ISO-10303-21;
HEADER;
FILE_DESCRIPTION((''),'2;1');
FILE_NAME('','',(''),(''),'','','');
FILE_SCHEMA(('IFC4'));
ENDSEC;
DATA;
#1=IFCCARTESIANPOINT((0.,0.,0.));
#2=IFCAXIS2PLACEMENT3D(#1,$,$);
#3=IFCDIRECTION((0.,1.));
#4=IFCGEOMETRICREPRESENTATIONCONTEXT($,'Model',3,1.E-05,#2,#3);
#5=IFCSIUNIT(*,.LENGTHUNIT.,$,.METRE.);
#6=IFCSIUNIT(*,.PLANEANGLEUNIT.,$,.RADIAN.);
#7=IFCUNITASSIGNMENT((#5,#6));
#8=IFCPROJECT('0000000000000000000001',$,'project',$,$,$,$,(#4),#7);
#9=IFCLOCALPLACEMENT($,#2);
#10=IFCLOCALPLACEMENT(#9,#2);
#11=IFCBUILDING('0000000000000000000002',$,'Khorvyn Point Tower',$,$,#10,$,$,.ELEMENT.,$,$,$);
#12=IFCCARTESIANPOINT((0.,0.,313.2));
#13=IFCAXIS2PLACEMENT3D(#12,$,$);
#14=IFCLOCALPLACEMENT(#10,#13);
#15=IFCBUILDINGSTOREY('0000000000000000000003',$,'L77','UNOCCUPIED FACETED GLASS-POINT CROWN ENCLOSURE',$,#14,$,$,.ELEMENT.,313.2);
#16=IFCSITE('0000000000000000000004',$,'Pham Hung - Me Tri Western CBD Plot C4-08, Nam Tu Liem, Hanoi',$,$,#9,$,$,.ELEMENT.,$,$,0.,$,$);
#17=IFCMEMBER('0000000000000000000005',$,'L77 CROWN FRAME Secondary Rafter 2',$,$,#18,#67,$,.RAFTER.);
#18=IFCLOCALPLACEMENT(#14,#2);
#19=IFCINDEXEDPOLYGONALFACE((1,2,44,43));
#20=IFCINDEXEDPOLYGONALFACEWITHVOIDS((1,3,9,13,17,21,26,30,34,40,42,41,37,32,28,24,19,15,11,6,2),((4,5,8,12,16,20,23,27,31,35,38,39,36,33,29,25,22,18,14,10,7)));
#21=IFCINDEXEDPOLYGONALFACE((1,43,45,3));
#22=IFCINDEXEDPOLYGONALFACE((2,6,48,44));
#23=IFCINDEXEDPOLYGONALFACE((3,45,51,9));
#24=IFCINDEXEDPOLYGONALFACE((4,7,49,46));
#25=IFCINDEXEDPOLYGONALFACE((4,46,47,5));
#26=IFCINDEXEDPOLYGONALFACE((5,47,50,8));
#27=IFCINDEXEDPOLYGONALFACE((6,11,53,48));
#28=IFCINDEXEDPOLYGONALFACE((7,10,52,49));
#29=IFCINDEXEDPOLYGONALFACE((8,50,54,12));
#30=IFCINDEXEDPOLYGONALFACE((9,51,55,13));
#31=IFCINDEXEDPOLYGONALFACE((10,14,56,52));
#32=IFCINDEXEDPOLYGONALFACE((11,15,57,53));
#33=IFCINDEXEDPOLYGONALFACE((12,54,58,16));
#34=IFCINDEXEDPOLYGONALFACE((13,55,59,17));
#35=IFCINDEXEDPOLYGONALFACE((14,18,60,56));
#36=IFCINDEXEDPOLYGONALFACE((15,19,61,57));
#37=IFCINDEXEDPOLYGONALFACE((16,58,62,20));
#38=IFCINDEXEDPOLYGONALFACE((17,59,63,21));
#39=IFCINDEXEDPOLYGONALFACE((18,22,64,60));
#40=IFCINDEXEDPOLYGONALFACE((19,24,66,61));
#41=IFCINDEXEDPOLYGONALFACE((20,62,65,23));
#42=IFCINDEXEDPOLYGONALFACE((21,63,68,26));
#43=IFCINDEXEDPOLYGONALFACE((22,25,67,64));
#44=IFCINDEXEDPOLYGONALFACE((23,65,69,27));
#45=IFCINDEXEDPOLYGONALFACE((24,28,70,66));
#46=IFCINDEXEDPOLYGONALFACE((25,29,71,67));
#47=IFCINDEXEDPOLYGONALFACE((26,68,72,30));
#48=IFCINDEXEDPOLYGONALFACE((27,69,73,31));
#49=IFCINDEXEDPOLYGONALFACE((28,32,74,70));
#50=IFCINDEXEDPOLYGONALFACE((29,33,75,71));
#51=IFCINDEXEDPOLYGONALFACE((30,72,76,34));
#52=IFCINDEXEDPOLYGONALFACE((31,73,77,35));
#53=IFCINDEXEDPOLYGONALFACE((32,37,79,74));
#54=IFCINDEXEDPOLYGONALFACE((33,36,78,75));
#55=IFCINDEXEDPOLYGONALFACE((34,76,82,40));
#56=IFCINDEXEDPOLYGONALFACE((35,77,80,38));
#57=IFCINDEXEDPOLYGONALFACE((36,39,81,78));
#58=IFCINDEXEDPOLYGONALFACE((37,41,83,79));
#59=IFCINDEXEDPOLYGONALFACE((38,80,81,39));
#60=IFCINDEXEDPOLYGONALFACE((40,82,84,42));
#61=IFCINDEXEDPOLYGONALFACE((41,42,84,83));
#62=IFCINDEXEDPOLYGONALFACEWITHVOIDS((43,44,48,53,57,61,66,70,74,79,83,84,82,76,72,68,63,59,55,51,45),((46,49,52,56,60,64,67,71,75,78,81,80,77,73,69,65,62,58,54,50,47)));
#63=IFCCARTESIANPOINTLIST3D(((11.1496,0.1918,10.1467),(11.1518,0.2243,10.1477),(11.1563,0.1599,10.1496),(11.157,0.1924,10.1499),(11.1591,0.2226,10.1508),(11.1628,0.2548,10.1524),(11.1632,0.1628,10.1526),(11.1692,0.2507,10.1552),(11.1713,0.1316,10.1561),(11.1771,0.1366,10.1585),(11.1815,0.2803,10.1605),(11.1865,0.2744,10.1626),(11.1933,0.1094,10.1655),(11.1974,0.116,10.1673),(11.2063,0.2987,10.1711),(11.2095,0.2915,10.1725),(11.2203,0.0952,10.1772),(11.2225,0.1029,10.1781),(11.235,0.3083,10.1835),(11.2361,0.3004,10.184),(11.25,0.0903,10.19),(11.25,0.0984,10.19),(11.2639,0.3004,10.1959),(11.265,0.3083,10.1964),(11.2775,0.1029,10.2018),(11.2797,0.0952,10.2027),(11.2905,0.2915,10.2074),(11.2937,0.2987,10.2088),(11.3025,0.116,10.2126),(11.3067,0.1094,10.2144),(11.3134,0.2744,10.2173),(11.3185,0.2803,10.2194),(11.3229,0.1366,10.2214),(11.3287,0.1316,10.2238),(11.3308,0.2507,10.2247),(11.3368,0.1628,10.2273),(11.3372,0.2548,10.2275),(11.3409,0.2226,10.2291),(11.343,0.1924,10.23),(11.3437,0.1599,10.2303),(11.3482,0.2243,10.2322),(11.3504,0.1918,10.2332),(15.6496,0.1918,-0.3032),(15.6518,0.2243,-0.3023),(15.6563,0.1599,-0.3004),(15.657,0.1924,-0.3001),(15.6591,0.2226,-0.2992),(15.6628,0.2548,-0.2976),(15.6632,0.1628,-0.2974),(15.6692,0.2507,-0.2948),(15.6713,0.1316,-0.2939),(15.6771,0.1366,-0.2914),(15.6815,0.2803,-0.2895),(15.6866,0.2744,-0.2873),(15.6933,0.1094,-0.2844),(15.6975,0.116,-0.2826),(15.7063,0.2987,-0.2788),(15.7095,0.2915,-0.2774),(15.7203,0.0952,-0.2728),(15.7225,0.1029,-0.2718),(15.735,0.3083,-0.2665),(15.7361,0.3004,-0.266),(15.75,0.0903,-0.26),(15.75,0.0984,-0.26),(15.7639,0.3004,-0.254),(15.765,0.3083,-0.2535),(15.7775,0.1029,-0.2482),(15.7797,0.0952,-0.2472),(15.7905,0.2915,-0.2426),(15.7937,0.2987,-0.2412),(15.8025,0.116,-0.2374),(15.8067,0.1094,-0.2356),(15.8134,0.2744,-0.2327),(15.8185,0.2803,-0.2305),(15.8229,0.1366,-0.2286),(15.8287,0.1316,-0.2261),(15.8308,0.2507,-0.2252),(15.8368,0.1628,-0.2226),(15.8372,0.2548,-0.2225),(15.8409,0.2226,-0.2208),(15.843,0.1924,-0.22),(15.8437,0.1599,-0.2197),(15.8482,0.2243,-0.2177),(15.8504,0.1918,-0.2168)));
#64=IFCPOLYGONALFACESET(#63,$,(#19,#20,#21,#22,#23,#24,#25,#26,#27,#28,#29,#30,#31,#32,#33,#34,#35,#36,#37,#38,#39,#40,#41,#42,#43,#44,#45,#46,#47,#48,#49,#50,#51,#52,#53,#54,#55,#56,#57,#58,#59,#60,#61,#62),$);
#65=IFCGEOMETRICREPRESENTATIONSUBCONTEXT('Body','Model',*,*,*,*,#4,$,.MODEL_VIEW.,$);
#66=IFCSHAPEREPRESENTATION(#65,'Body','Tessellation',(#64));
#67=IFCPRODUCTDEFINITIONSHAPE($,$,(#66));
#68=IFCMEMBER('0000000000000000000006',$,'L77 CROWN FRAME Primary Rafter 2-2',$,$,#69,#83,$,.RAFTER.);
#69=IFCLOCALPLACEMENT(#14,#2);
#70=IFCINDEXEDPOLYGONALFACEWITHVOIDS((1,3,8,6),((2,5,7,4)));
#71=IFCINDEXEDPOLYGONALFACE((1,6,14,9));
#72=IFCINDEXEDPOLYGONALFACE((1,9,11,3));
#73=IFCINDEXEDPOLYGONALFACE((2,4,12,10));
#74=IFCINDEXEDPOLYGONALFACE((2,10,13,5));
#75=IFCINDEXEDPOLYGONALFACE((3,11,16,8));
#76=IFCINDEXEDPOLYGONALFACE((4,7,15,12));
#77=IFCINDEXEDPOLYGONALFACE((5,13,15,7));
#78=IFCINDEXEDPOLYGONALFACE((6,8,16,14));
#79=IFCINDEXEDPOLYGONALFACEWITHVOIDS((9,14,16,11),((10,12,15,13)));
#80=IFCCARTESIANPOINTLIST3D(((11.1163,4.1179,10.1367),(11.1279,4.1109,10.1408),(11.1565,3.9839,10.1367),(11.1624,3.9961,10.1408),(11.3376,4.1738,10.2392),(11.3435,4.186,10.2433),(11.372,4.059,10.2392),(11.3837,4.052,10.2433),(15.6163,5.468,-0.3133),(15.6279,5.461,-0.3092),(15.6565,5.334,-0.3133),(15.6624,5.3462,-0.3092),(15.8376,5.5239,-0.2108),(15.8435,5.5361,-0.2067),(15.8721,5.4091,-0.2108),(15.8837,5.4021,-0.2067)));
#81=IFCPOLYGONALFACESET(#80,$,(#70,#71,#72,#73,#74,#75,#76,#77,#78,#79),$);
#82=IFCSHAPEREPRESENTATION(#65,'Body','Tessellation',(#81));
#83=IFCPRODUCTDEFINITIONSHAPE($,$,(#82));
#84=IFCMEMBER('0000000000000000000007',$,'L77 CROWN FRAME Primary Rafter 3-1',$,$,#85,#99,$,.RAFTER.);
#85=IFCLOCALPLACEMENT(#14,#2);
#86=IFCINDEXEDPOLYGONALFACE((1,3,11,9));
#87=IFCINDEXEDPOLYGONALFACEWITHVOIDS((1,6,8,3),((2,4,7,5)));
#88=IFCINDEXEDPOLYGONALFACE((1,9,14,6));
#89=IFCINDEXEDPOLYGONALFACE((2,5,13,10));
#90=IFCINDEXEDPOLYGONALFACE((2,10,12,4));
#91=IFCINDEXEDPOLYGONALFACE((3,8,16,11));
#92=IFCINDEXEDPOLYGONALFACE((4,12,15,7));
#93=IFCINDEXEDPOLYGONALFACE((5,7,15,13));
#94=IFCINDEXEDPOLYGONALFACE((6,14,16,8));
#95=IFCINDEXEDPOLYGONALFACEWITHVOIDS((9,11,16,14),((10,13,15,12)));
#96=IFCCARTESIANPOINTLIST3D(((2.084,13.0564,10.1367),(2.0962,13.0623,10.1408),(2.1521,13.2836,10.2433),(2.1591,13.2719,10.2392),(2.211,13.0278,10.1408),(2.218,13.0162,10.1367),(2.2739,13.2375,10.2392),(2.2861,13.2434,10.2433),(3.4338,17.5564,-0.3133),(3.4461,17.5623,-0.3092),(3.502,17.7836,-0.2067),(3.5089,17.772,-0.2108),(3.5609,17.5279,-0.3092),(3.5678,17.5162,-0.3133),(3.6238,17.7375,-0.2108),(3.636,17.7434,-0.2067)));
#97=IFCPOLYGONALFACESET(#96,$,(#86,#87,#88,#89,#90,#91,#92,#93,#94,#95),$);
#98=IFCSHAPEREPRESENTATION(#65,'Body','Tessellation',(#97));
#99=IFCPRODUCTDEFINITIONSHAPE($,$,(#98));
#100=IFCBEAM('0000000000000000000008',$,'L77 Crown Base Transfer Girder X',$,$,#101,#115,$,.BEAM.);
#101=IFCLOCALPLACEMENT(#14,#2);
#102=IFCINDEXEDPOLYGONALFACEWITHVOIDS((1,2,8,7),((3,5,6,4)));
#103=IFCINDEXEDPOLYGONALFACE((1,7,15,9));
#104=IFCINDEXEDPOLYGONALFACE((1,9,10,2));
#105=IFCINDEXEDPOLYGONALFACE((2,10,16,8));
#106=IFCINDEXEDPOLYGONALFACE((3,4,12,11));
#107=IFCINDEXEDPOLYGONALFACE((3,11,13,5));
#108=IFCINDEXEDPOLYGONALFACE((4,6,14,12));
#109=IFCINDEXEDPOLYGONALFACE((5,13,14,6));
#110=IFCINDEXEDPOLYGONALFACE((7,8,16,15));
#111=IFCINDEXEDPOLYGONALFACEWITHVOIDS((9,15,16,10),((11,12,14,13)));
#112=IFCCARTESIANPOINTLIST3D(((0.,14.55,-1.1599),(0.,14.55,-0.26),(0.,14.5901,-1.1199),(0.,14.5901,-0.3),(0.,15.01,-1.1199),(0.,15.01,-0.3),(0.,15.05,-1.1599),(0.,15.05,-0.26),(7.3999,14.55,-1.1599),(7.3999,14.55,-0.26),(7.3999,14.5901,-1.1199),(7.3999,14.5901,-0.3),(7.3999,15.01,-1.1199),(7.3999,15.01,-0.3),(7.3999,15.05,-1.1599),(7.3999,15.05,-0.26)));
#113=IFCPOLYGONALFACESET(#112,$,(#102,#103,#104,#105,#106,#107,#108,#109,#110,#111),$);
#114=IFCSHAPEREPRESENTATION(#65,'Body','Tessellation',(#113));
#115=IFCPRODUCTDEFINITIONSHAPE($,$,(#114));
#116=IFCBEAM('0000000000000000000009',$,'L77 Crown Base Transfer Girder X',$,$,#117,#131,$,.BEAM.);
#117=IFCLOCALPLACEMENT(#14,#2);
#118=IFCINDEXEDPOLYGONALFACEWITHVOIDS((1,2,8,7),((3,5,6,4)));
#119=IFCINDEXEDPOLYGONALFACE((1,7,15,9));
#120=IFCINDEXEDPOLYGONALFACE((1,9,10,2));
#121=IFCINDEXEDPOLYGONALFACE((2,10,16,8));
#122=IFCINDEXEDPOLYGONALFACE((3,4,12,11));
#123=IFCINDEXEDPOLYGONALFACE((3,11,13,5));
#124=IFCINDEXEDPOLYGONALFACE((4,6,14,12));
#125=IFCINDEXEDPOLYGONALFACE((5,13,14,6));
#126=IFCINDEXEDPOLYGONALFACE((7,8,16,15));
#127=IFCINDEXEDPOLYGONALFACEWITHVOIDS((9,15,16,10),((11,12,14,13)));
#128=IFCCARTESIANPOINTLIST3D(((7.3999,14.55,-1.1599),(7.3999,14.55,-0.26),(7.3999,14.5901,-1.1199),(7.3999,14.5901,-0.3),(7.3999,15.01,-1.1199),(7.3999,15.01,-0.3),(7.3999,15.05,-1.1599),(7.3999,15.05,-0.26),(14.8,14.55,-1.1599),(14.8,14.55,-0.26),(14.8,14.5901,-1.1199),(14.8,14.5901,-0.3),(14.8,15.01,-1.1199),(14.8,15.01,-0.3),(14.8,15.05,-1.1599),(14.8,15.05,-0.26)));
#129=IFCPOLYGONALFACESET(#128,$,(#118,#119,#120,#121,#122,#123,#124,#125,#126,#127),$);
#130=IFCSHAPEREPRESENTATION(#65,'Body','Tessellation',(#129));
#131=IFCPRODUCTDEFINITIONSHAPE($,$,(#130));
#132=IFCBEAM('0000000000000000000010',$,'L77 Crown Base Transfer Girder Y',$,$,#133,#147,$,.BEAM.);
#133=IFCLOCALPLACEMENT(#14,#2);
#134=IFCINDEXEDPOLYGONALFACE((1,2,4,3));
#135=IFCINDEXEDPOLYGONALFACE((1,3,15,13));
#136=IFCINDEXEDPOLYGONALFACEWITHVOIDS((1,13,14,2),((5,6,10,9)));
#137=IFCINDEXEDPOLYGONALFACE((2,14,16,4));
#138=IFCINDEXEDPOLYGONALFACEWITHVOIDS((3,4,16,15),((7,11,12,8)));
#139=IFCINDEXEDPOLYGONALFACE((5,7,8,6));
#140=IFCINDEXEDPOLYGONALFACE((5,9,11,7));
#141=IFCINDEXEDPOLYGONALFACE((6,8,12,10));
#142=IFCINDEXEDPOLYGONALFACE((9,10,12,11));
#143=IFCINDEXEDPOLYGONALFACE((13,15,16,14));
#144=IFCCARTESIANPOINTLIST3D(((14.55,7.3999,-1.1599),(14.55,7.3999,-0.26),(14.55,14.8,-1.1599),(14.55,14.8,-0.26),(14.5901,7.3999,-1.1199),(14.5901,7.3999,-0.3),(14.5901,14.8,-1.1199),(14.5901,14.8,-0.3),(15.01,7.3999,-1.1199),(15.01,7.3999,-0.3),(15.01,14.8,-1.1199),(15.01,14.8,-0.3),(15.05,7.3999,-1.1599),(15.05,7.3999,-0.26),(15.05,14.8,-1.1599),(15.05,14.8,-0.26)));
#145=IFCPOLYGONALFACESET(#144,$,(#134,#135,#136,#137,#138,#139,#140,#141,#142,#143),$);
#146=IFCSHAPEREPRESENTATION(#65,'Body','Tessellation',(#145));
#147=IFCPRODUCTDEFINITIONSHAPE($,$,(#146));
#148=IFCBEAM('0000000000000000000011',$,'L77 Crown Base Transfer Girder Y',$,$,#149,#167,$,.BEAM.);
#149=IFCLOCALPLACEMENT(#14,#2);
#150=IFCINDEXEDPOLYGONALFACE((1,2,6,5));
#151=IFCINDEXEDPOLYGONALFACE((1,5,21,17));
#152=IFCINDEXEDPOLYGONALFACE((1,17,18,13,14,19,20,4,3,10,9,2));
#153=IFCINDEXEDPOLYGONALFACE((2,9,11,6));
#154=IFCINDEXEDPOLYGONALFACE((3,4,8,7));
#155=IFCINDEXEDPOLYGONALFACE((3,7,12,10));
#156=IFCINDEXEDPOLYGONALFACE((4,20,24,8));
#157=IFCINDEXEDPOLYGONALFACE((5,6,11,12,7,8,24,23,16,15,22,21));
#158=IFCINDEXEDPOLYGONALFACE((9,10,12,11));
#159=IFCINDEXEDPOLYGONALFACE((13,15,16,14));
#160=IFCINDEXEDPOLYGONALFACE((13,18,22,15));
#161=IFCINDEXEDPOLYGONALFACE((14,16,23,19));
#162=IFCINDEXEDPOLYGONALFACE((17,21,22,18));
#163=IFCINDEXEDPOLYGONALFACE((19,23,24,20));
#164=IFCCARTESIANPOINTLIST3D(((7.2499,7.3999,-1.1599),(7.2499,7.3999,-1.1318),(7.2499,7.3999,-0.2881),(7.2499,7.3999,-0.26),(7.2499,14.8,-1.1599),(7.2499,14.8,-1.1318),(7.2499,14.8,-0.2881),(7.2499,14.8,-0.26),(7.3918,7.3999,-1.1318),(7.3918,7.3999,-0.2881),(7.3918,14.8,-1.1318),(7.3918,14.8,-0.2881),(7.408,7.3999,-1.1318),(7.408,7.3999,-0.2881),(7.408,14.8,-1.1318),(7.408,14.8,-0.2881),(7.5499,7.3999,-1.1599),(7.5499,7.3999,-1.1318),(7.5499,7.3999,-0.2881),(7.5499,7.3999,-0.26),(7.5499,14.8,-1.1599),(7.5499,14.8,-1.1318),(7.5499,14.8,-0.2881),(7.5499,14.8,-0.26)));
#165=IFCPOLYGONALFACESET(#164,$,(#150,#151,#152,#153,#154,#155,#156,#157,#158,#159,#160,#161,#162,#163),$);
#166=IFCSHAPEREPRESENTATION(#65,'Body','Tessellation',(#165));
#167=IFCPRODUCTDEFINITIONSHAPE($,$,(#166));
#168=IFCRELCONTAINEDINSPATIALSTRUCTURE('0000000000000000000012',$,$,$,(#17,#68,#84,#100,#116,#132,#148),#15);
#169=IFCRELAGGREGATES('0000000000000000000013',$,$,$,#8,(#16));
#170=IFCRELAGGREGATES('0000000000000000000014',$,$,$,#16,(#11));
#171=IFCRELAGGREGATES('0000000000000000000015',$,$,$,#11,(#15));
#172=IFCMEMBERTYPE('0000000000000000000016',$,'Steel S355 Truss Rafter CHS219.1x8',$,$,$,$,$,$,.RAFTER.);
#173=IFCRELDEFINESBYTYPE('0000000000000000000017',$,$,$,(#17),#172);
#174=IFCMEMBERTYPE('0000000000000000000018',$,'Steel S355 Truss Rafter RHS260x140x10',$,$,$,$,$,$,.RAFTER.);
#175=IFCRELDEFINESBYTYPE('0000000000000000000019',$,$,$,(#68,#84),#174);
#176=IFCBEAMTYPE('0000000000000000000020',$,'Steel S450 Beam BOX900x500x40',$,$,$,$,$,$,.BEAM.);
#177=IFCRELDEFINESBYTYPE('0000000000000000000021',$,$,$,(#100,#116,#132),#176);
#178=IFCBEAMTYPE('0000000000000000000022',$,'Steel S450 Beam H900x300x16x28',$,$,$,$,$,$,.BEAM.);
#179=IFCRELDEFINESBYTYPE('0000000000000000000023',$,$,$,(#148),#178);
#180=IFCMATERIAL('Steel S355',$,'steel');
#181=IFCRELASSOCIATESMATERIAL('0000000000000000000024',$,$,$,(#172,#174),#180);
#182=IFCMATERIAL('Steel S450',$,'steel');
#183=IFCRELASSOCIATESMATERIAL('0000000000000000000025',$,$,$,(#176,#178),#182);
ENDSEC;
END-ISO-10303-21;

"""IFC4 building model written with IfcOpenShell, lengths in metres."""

from ifc_helpers import new_model, si_unit, direction, frame, origin, origin_2d, place, context, subcontext, project, spatial, hollow_rectangle, hollow_circle, i_section, extrude, material, material_profile, profile_set, type_object, element, save


model = new_model("IFC4")

# Units and contexts
model_context = context("Model", 3, precision=1e-05, world=origin(), true_north=direction((0.0, 1.0)))
body_context = subcontext(model_context, "Body", "Model", "MODEL_VIEW")
ifc_project = project(units=[si_unit("LENGTHUNIT", "METRE"), si_unit("PLANEANGLEUNIT", "RADIAN")], contexts=[model_context])

# Site, building, storey
site_placement = place(None, origin())
site = spatial("IfcSite", under=ifc_project, at=site_placement, Name="Pham Hung - Me Tri Western CBD Plot C4-08, Nam Tu Liem, Hanoi", CompositionType="ELEMENT", RefElevation=0.0)
building_placement = place(site_placement, origin())
building = spatial("IfcBuilding", under=site, at=building_placement, Name="Khorvyn Point Tower", CompositionType="ELEMENT")
storey_placement = place(building_placement, frame((0.0, 0.0, 313.2)))
storey = spatial("IfcBuildingStorey", under=building, at=storey_placement, Name="L77", Description="UNOCCUPIED FACETED GLASS-POINT CROWN ENCLOSURE", CompositionType="ELEMENT", Elevation=313.2)

# Shared definitions
ifc_material_1 = material(Name="Steel S355", Category="steel")

# Members
ifc_material_profile_1 = material_profile(ifc_material_1, hollow_circle(Radius=0.1096, WallThickness=0.0081, at=origin_2d()))
ifc_profile_set_1 = profile_set([ifc_material_profile_1], Name="Steel S355 CHS219.1x8")
member_type_1 = type_object("IfcMemberType", Name="Steel S355 Truss Rafter CHS219.1x8", PredefinedType="RAFTER", material=ifc_profile_set_1)
member_1_placement = place(storey_placement, frame((15.75, 0.2, -0.26), z_axis=(-0.395511, 0.0, 0.918461), x_axis=(0.0, -1.0, 0.0)))
element("IfcMember", 1, at=member_1_placement, inside=storey, type_object=member_type_1, Name="L77 CROWN FRAME Secondary Rafter 2", PredefinedType="RAFTER", context=body_context, shape_type="SweptSolid", body=[
    extrude(hollow_circle(Radius=0.1096, WallThickness=0.0081, at=origin_2d()), origin(), (0.0, 0.0, 1.0), 11.3777),
])
ifc_material_profile_2 = material_profile(ifc_material_1, hollow_rectangle(XDim=0.1399, YDim=0.26, WallThickness=0.01, at=origin_2d()))
ifc_profile_set_2 = profile_set([ifc_material_profile_2], Name="Steel S355 RHS260x140x10")
member_type_2 = type_object("IfcMemberType", Name="Steel S355 Truss Rafter RHS260x140x10", PredefinedType="RAFTER", material=ifc_profile_set_2)
for number, where, z_axis, x_axis, name in (
    (2, (15.75, 5.4351, -0.26), (-0.392756, -0.117835, 0.912062), (0.287367, -0.957821, 0.0), "L77 CROWN FRAME Primary Rafter 2-2"),
    (3, (3.5349, 17.6499, -0.26), (-0.117814, -0.392757, 0.912065), (0.957835, -0.287319, 0.0), "L77 CROWN FRAME Primary Rafter 3-1"),
):
    element("IfcMember", number, at=place(storey_placement, frame(where, z_axis=z_axis, x_axis=x_axis)), inside=storey, type_object=member_type_2, Name=name, PredefinedType="RAFTER", context=body_context, shape_type="SweptSolid", body=[
        extrude(hollow_rectangle(XDim=0.1399, YDim=0.26, WallThickness=0.01, at=origin_2d()), origin(), (0.0, 0.0, 1.0), 11.4575),
    ])

# Beams
ifc_material_2 = material(Name="Steel S450", Category="steel")
ifc_material_profile_3 = material_profile(ifc_material_2, hollow_rectangle(XDim=0.5, YDim=0.8999, WallThickness=0.04, at=origin_2d()))
ifc_profile_set_3 = profile_set([ifc_material_profile_3], Name="Steel S450 BOX900x500x40")
beam_type_1 = type_object("IfcBeamType", Name="Steel S450 Beam BOX900x500x40", PredefinedType="BEAM", material=ifc_profile_set_3)
beam_1_placement = place(storey_placement, frame((0.0, 14.8, -0.71), z_axis=(1.0, 0.0, 0.0), x_axis=(0.0, 1.0, 0.0)))
element("IfcBeam", 4, at=beam_1_placement, inside=storey, type_object=beam_type_1, Name="L77 Crown Base Transfer Girder X", PredefinedType="BEAM", context=body_context, shape_type="SweptSolid", body=[
    extrude(hollow_rectangle(XDim=0.5, YDim=0.8999, WallThickness=0.04, at=origin_2d()), origin(), (0.0, 0.0, 1.0), 7.3999),
])
for number, where, z_axis, x_axis, name in (
    (5, (7.3999, 14.8, -0.71), (1.0, 0.0, 0.0), (0.0, 1.0, 0.0), "L77 Crown Base Transfer Girder X"),
    (6, (14.8, 7.3999, -0.71), (0.0, 1.0, 0.0), (-1.0, 0.0, 0.0), "L77 Crown Base Transfer Girder Y"),
):
    element("IfcBeam", number, at=place(storey_placement, frame(where, z_axis=z_axis, x_axis=x_axis)), inside=storey, type_object=beam_type_1, Name=name, PredefinedType="BEAM", context=body_context, shape_type="SweptSolid", body=[
        extrude(hollow_rectangle(XDim=0.5, YDim=0.8999, WallThickness=0.04, at=origin_2d()), origin(), (0.0, 0.0, 1.0), 7.4001),
    ])
ifc_material_profile_4 = material_profile(ifc_material_2, i_section(OverallWidth=0.3, OverallDepth=0.8999, WebThickness=0.0161, FlangeThickness=0.0281, at=origin_2d()))
ifc_profile_set_4 = profile_set([ifc_material_profile_4], Name="Steel S450 H900x300x16x28")
beam_type_2 = type_object("IfcBeamType", Name="Steel S450 Beam H900x300x16x28", PredefinedType="BEAM", material=ifc_profile_set_4)
beam_2_placement = place(storey_placement, frame((7.3999, 7.3999, -0.71), z_axis=(0.0, 1.0, 0.0), x_axis=(-1.0, 0.0, 0.0)))
element("IfcBeam", 7, at=beam_2_placement, inside=storey, type_object=beam_type_2, Name="L77 Crown Base Transfer Girder Y", PredefinedType="BEAM", context=body_context, shape_type="SweptSolid", body=[
    extrude(i_section(OverallWidth=0.3, OverallDepth=0.8999, WebThickness=0.0161, FlangeThickness=0.0281, at=origin_2d()), origin(), (0.0, 0.0, 1.0), 7.4001),
])

save(model, "model.ifc")
